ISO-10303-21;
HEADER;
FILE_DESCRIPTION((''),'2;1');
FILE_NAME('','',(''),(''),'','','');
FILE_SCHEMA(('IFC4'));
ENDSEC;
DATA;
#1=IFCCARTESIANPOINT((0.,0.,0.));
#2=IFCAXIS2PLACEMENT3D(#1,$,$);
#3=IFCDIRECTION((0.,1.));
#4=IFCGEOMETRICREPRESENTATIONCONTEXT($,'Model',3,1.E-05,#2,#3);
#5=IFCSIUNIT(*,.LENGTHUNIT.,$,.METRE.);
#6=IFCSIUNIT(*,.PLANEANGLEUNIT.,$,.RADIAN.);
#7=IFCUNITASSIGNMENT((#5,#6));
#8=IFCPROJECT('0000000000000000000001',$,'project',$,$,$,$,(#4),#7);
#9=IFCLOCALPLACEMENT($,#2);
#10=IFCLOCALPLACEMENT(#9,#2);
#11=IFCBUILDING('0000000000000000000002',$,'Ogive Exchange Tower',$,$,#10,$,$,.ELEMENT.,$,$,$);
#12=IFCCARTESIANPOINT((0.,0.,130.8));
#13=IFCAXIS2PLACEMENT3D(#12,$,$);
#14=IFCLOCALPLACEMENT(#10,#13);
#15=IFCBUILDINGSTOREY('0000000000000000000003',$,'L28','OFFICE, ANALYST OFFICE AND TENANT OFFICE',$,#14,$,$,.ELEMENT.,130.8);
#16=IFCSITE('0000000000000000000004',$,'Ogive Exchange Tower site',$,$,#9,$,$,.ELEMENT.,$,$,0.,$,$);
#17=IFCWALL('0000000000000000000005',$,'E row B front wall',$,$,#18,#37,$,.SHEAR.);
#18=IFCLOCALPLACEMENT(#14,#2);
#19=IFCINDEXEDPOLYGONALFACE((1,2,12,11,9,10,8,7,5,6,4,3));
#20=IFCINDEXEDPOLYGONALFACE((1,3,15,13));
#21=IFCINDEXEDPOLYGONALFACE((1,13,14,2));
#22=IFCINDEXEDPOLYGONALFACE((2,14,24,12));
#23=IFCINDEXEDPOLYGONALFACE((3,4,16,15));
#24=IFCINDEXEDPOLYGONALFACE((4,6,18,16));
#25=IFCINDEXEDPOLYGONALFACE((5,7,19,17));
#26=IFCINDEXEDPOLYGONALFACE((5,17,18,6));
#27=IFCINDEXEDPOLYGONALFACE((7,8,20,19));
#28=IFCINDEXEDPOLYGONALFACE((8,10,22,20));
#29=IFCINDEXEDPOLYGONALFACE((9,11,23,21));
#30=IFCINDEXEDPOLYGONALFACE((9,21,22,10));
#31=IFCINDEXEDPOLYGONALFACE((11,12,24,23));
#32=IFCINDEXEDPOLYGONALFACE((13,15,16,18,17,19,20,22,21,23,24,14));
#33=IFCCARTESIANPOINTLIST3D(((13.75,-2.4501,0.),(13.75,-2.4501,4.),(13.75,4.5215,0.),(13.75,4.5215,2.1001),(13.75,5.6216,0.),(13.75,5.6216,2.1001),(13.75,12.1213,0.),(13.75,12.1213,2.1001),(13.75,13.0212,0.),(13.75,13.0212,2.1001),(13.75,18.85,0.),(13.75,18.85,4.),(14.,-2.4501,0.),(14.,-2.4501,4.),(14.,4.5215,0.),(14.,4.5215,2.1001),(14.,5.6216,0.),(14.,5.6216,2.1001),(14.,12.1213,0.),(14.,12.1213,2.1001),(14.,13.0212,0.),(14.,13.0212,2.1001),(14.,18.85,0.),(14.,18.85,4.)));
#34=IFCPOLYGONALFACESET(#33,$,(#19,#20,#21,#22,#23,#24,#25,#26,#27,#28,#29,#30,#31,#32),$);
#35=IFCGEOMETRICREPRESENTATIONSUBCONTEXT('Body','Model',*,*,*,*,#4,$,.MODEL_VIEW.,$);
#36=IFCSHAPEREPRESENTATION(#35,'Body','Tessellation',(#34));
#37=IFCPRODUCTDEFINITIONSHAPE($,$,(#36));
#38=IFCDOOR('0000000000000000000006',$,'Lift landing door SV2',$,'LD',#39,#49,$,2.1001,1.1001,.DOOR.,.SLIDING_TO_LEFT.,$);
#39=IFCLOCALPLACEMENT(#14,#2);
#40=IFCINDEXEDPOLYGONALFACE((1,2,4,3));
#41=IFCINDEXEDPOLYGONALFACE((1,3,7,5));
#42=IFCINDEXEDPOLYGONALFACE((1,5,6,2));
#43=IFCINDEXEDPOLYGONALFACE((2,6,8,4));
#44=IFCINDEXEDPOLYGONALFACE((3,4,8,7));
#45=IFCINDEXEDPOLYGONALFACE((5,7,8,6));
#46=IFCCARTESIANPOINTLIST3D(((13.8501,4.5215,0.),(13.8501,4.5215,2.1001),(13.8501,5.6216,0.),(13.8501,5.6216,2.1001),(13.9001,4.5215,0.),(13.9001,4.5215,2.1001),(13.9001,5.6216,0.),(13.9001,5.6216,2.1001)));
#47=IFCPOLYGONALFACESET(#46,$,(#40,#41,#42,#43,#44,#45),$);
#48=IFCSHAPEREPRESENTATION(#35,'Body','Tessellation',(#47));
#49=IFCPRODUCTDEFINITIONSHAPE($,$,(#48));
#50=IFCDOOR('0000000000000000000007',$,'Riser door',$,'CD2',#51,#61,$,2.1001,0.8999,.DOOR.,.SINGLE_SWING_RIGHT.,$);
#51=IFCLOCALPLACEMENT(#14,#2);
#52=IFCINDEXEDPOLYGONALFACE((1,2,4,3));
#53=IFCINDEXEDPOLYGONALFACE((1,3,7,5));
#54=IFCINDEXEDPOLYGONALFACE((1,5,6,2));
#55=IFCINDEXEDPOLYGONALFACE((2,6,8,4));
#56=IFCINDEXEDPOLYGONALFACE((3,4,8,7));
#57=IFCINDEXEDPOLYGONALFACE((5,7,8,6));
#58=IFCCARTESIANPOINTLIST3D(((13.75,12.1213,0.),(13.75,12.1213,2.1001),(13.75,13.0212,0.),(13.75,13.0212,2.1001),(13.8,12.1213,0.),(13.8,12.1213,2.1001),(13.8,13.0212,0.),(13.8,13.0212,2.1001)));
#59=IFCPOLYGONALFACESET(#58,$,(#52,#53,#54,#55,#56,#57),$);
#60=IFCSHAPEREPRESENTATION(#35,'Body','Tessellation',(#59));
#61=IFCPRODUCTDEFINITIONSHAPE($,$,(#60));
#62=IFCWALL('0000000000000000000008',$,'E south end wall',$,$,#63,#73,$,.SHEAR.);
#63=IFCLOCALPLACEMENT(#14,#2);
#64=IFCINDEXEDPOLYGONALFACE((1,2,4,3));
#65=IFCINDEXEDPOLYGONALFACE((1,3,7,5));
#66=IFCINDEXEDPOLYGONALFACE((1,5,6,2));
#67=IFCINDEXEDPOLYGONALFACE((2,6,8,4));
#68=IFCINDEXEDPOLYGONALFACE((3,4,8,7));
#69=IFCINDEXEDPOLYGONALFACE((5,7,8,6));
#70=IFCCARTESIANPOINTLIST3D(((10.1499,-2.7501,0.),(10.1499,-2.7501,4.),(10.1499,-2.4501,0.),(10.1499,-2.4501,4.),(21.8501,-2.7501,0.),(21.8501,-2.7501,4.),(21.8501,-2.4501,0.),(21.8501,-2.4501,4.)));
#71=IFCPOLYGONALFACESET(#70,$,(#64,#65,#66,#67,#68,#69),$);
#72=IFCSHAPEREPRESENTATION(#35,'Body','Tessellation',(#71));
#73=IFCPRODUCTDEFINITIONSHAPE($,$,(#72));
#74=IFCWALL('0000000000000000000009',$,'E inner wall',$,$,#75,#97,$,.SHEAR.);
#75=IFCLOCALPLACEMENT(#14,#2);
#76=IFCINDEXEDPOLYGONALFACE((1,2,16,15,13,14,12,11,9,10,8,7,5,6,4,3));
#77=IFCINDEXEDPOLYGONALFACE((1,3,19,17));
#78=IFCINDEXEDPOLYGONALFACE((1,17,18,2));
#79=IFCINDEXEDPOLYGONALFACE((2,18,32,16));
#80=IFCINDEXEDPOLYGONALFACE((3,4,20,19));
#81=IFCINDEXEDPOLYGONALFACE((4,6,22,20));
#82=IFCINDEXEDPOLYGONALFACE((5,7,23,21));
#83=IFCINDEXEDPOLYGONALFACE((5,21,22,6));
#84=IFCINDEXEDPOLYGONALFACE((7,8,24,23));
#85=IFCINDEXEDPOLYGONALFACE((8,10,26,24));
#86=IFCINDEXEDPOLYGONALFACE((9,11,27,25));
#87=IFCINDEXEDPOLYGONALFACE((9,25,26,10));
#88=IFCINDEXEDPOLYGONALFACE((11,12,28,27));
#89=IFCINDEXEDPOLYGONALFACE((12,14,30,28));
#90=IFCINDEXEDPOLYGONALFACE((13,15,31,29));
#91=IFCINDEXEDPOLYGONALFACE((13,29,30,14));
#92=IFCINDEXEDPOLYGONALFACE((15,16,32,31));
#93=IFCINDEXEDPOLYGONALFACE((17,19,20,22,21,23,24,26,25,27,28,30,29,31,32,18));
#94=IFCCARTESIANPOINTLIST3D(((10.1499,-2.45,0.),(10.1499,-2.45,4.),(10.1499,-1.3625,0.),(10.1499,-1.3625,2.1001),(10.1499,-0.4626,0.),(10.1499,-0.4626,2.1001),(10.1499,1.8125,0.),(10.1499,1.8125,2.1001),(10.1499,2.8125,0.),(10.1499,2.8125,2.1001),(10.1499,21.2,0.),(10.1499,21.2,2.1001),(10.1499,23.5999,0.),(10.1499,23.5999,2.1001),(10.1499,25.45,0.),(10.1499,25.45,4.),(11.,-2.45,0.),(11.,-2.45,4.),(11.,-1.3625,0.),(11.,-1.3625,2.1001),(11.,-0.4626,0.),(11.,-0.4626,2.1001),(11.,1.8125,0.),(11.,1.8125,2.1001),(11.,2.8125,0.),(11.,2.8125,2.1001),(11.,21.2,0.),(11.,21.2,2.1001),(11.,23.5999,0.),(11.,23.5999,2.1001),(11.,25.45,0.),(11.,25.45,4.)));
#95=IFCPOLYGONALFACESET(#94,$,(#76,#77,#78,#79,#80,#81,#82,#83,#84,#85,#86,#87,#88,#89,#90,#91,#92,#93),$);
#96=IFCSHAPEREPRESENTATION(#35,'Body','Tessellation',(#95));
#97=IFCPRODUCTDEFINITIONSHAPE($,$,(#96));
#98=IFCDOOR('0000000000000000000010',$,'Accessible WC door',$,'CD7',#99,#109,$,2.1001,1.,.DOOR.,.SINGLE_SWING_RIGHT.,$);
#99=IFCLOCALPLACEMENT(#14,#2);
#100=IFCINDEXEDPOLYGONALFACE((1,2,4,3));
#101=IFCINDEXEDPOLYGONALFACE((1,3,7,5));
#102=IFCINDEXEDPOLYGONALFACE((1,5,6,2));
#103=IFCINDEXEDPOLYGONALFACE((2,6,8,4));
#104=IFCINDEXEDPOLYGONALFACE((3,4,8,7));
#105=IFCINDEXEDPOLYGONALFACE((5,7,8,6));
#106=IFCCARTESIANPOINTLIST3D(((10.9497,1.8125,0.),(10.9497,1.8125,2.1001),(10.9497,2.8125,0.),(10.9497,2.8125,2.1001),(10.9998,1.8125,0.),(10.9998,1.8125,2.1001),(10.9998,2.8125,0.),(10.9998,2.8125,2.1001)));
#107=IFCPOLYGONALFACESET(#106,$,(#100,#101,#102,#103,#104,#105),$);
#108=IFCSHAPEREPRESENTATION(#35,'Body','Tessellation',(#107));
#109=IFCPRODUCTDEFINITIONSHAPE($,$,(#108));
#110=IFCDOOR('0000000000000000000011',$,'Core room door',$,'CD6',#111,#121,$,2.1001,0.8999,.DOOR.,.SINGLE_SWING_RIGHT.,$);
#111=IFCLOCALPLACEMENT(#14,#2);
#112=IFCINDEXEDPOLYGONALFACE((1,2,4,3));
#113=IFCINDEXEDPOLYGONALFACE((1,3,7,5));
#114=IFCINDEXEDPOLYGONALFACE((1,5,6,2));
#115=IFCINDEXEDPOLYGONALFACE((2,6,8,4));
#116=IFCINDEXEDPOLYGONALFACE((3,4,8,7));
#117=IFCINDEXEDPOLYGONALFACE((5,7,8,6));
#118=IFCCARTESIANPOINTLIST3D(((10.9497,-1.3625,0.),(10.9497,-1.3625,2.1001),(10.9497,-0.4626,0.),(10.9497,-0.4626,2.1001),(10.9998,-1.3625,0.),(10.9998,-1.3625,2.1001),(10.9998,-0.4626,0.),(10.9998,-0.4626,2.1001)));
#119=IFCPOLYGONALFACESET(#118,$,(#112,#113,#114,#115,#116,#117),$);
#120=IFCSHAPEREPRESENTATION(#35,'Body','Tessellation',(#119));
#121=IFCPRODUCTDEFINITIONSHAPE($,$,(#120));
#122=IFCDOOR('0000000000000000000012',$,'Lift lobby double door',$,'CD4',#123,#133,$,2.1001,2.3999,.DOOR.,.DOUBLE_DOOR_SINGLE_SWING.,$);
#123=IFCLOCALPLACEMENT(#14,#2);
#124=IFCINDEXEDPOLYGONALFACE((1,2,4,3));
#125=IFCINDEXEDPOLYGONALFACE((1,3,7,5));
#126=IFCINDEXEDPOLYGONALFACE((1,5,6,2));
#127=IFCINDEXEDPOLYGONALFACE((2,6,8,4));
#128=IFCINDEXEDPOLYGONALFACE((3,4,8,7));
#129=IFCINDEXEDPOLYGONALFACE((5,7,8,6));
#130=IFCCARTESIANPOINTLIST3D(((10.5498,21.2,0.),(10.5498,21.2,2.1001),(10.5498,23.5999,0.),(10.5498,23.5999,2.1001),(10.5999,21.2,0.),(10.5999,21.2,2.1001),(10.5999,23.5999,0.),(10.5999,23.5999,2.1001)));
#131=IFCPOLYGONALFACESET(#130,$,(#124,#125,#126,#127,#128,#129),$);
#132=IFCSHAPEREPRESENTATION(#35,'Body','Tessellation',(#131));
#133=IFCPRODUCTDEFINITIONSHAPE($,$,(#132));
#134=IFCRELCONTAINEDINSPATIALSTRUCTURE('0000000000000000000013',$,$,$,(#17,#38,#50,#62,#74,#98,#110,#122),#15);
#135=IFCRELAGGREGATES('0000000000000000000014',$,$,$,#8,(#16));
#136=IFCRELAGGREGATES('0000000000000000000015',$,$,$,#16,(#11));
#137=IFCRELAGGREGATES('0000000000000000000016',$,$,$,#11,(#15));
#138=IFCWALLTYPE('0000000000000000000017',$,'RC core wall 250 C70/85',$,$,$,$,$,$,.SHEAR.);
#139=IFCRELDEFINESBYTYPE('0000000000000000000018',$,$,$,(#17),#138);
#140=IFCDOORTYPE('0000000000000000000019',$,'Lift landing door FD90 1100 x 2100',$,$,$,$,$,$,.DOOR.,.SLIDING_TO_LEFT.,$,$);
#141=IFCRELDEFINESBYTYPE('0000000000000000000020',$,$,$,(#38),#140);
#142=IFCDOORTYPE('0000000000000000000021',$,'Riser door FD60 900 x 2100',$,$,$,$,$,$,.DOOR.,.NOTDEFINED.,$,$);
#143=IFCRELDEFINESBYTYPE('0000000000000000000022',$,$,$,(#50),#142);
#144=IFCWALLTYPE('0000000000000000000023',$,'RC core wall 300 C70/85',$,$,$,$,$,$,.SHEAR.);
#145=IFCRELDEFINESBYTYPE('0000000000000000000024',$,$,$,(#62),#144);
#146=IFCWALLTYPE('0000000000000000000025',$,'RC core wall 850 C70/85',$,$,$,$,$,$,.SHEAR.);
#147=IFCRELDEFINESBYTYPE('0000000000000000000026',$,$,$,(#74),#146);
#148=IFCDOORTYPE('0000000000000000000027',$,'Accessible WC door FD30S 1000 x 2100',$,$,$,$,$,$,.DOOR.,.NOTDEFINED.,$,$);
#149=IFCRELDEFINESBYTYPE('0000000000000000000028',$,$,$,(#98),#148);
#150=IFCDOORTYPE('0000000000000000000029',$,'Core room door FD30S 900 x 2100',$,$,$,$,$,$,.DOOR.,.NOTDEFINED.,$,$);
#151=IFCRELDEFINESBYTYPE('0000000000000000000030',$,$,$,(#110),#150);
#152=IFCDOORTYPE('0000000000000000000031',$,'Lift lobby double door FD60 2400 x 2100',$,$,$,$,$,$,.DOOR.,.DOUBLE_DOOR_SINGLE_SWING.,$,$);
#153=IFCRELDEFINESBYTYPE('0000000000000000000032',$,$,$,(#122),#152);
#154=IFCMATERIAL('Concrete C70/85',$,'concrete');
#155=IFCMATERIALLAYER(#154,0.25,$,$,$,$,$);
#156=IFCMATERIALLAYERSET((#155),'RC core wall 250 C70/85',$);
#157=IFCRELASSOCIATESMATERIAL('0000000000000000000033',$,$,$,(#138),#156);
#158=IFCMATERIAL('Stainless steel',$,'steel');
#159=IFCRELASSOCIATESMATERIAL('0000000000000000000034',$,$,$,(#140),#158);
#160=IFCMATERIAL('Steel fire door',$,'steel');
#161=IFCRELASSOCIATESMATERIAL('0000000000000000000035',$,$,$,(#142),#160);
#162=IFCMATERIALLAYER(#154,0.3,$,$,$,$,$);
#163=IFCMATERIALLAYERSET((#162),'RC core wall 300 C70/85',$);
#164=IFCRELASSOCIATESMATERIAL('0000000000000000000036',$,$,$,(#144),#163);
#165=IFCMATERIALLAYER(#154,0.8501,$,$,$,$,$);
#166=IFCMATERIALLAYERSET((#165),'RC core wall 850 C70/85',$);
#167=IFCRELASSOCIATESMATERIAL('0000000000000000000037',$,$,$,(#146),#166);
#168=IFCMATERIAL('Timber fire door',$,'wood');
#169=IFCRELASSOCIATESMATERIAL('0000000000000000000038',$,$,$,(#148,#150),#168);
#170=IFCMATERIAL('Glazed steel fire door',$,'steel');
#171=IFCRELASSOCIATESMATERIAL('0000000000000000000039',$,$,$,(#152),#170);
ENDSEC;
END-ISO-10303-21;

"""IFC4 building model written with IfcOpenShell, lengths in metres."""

from ifc_helpers import new_model, si_unit, direction, frame, frame_2d, origin, place, context, subcontext, project, spatial, rectangle, extrude, material, layer, layer_set, type_object, element, fill, save


model = new_model("IFC4")

# Units and contexts
model_context = context("Model", 3, precision=1e-05, world=origin(), true_north=direction((0.0, 1.0)))
body_context = subcontext(model_context, "Body", "Model", "MODEL_VIEW")
ifc_project = project(units=[si_unit("LENGTHUNIT", "METRE"), si_unit("PLANEANGLEUNIT", "RADIAN")], contexts=[model_context])

# Site, building, storey
site_placement = place(None, origin())
site = spatial("IfcSite", under=ifc_project, at=site_placement, Name="Ogive Exchange Tower site", CompositionType="ELEMENT", RefElevation=0.0)
building_placement = place(site_placement, origin())
building = spatial("IfcBuilding", under=site, at=building_placement, Name="Ogive Exchange Tower", CompositionType="ELEMENT")
storey_placement = place(building_placement, frame((0.0, 0.0, 130.8)))
storey = spatial("IfcBuildingStorey", under=building, at=storey_placement, Name="L28", Description="OFFICE, ANALYST OFFICE AND TENANT OFFICE", CompositionType="ELEMENT", Elevation=130.8)

# Shared definitions
ifc_material_1 = material(Name="Concrete C70/85", Category="concrete")

# Wall, openings, doors
ifc_layer_1 = layer(ifc_material_1, 0.25)
ifc_layer_set_1 = layer_set([ifc_layer_1], Name="RC core wall 250 C70/85")
wall_type_1 = type_object("IfcWallType", Name="RC core wall 250 C70/85", PredefinedType="SHEAR", material=ifc_layer_set_1)
wall_1_placement = place(storey_placement, frame((13.875, -2.45, 0.0), z_axis=(0.0, 0.0, 1.0), x_axis=(0.0, 1.0, 0.0)))
wall_1 = element("IfcWall", 1, at=wall_1_placement, inside=storey, type_object=wall_type_1, Name="E row B front wall", PredefinedType="SHEAR", context=body_context, shape_type="SweptSolid", body=[
    extrude(rectangle(XDim=21.3, YDim=0.25, at=frame_2d((10.6499, 0.0))), origin(), (0.0, 0.0, 1.0), 4.0),
])
opening_1_placement = place(wall_1_placement, frame((14.5713, 0.0, 0.0)))
opening_1 = element("IfcOpeningElement", 2, at=opening_1_placement, cuts=wall_1, PredefinedType="OPENING", context=body_context, shape_type="SweptSolid", body=[
    extrude(rectangle(XDim=0.8999, YDim=2.1001, at=frame_2d((0.45, 1.05))), frame((0.0, 0.135, 0.0), z_axis=(0.0, -1.0, 0.0), x_axis=(1.0, 0.0, 0.0)), (0.0, 0.0, 1.0), 0.27),
])
opening_2_placement = place(wall_1_placement, frame((6.9714, 0.0, 0.0)))
opening_2 = element("IfcOpeningElement", 3, at=opening_2_placement, cuts=wall_1, PredefinedType="OPENING", context=body_context, shape_type="SweptSolid", body=[
    extrude(rectangle(XDim=1.1001, YDim=2.1001, at=frame_2d((0.55, 1.05))), frame((0.0, 0.135, 0.0), z_axis=(0.0, -1.0, 0.0), x_axis=(1.0, 0.0, 0.0)), (0.0, 0.0, 1.0), 0.27),
])
ifc_material_2 = material(Name="Stainless steel", Category="steel")
door_type_1 = type_object("IfcDoorType", Name="Lift landing door FD90 1100 x 2100", OperationType="SLIDING_TO_LEFT", PredefinedType="DOOR", material=ifc_material_2)
door_1_placement = place(opening_2_placement, origin())
door_1 = element("IfcDoor", 4, at=door_1_placement, inside=storey, type_object=door_type_1, Name="Lift landing door SV2", ObjectType="LD", OperationType="SLIDING_TO_LEFT", OverallHeight=2.1001, OverallWidth=1.1001, PredefinedType="DOOR", context=body_context, shape_type="SweptSolid", body=[
    extrude(rectangle(XDim=1.1001, YDim=2.1001, at=frame_2d((0.55, 1.05))), frame((0.0, 0.0249, 0.0), z_axis=(0.0, -1.0, 0.0), x_axis=(1.0, 0.0, 0.0)), (0.0, 0.0, 1.0), 0.05),
])
fill(opening_2, door_1)
ifc_material_3 = material(Name="Steel fire door", Category="steel")
door_type_2 = type_object("IfcDoorType", Name="Riser door FD60 900 x 2100", OperationType="NOTDEFINED", PredefinedType="DOOR", material=ifc_material_3)
door_2_placement = place(opening_1_placement, origin())
door_2 = element("IfcDoor", 5, at=door_2_placement, inside=storey, type_object=door_type_2, Name="Riser door", ObjectType="CD2", OperationType="SINGLE_SWING_RIGHT", OverallHeight=2.1001, OverallWidth=0.8999, PredefinedType="DOOR", context=body_context, shape_type="SweptSolid", body=[
    extrude(rectangle(XDim=0.8999, YDim=2.1001, at=frame_2d((0.45, 1.05))), frame((0.0, 0.125, 0.0), z_axis=(0.0, -1.0, 0.0), x_axis=(1.0, 0.0, 0.0)), (0.0, 0.0, 1.0), 0.05),
])
fill(opening_1, door_2)

# Wall
ifc_layer_2 = layer(ifc_material_1, 0.3)
ifc_layer_set_2 = layer_set([ifc_layer_2], Name="RC core wall 300 C70/85")
wall_type_2 = type_object("IfcWallType", Name="RC core wall 300 C70/85", PredefinedType="SHEAR", material=ifc_layer_set_2)
wall_2_placement = place(storey_placement, frame((10.1499, -2.6001, 0.0), z_axis=(0.0, 0.0, 1.0), x_axis=(1.0, 0.0, 0.0)))
element("IfcWall", 6, at=wall_2_placement, inside=storey, type_object=wall_type_2, Name="E south end wall", PredefinedType="SHEAR", context=body_context, shape_type="SweptSolid", body=[
    extrude(rectangle(XDim=11.7002, YDim=0.3, at=frame_2d((5.8501, 0.0))), origin(), (0.0, 0.0, 1.0), 4.0),
])

# Wall, openings, doors
ifc_layer_3 = layer(ifc_material_1, 0.8501)
ifc_layer_set_3 = layer_set([ifc_layer_3], Name="RC core wall 850 C70/85")
wall_type_3 = type_object("IfcWallType", Name="RC core wall 850 C70/85", PredefinedType="SHEAR", material=ifc_layer_set_3)
wall_3_placement = place(storey_placement, frame((10.575, -2.45, 0.0), z_axis=(0.0, 0.0, 1.0), x_axis=(0.0, 1.0, 0.0)))
wall_3 = element("IfcWall", 7, at=wall_3_placement, inside=storey, type_object=wall_type_3, Name="E inner wall", PredefinedType="SHEAR", context=body_context, shape_type="SweptSolid", body=[
    extrude(rectangle(XDim=27.8999, YDim=0.8501, at=frame_2d((13.95, 0.0))), origin(), (0.0, 0.0, 1.0), 4.0),
])
opening_3_placement = place(wall_3_placement, frame((23.6499, 0.0, 0.0)))
opening_3 = element("IfcOpeningElement", 8, at=opening_3_placement, cuts=wall_3, PredefinedType="OPENING", context=body_context, shape_type="SweptSolid", body=[
    extrude(rectangle(XDim=2.3999, YDim=2.1001, at=frame_2d((1.2, 1.05))), frame((0.0, 0.4351, 0.0), z_axis=(0.0, -1.0, 0.0), x_axis=(1.0, 0.0, 0.0)), (0.0, 0.0, 1.0), 0.8701),
])
opening_4_placement = place(wall_3_placement, frame((1.0874, 0.0, 0.0)))
opening_4 = element("IfcOpeningElement", 9, at=opening_4_placement, cuts=wall_3, PredefinedType="OPENING", context=body_context, shape_type="SweptSolid", body=[
    extrude(rectangle(XDim=0.8999, YDim=2.1001, at=frame_2d((0.45, 1.05))), frame((0.0, 0.4351, 0.0), z_axis=(0.0, -1.0, 0.0), x_axis=(1.0, 0.0, 0.0)), (0.0, 0.0, 1.0), 0.8701),
])
opening_5_placement = place(wall_3_placement, frame((4.2625, 0.0, 0.0)))
opening_5 = element("IfcOpeningElement", 10, at=opening_5_placement, cuts=wall_3, PredefinedType="OPENING", context=body_context, shape_type="SweptSolid", body=[
    extrude(rectangle(XDim=1.0, YDim=2.1001, at=frame_2d((0.5, 1.05))), frame((0.0, 0.4351, 0.0), z_axis=(0.0, -1.0, 0.0), x_axis=(1.0, 0.0, 0.0)), (0.0, 0.0, 1.0), 0.8701),
])
ifc_material_4 = material(Name="Timber fire door", Category="wood")
door_type_3 = type_object("IfcDoorType", Name="Accessible WC door FD30S 1000 x 2100", OperationType="NOTDEFINED", PredefinedType="DOOR", material=ifc_material_4)
door_3_placement = place(opening_5_placement, frame((1.0, -0.7998, 0.0), z_axis=(0.0, 0.0, 1.0), x_axis=(-1.0, 0.0, 0.0)))
door_3 = element("IfcDoor", 11, at=door_3_placement, inside=storey, type_object=door_type_3, Name="Accessible WC door", ObjectType="CD7", OperationType="SINGLE_SWING_RIGHT", OverallHeight=2.1001, OverallWidth=1.0, PredefinedType="DOOR", context=body_context, shape_type="SweptSolid", body=[
    extrude(rectangle(XDim=1.0, YDim=2.1001, at=frame_2d((0.5, 1.05))), frame((0.0, -0.375, 0.0), z_axis=(0.0, -1.0, 0.0), x_axis=(1.0, 0.0, 0.0)), (0.0, 0.0, 1.0), 0.05),
])
fill(opening_5, door_3)
door_type_4 = type_object("IfcDoorType", Name="Core room door FD30S 900 x 2100", OperationType="NOTDEFINED", PredefinedType="DOOR", material=ifc_material_4)
door_4_placement = place(opening_4_placement, frame((0.8999, -0.7998, 0.0), z_axis=(0.0, 0.0, 1.0), x_axis=(-1.0, 0.0, 0.0)))
door_4 = element("IfcDoor", 12, at=door_4_placement, inside=storey, type_object=door_type_4, Name="Core room door", ObjectType="CD6", OperationType="SINGLE_SWING_RIGHT", OverallHeight=2.1001, OverallWidth=0.8999, PredefinedType="DOOR", context=body_context, shape_type="SweptSolid", body=[
    extrude(rectangle(XDim=0.8999, YDim=2.1001, at=frame_2d((0.45, 1.05))), frame((0.0, -0.375, 0.0), z_axis=(0.0, -1.0, 0.0), x_axis=(1.0, 0.0, 0.0)), (0.0, 0.0, 1.0), 0.05),
])
fill(opening_4, door_4)
ifc_material_5 = material(Name="Glazed steel fire door", Category="steel")
door_type_5 = type_object("IfcDoorType", Name="Lift lobby double door FD60 2400 x 2100", OperationType="DOUBLE_DOOR_SINGLE_SWING", PredefinedType="DOOR", material=ifc_material_5)
door_5_placement = place(opening_3_placement, frame((2.3999, 0.0, 0.0), z_axis=(0.0, 0.0, 1.0), x_axis=(-1.0, 0.0, 0.0)))
door_5 = element("IfcDoor", 13, at=door_5_placement, inside=storey, type_object=door_type_5, Name="Lift lobby double door", ObjectType="CD4", OperationType="DOUBLE_DOOR_SINGLE_SWING", OverallHeight=2.1001, OverallWidth=2.3999, PredefinedType="DOOR", context=body_context, shape_type="SweptSolid", body=[
    extrude(rectangle(XDim=2.3999, YDim=2.1001, at=frame_2d((1.2, 1.05))), frame((0.0, 0.0249, 0.0), z_axis=(0.0, -1.0, 0.0), x_axis=(1.0, 0.0, 0.0)), (0.0, 0.0, 1.0), 0.05),
])
fill(opening_3, door_5)

save(model, "model.ifc")
